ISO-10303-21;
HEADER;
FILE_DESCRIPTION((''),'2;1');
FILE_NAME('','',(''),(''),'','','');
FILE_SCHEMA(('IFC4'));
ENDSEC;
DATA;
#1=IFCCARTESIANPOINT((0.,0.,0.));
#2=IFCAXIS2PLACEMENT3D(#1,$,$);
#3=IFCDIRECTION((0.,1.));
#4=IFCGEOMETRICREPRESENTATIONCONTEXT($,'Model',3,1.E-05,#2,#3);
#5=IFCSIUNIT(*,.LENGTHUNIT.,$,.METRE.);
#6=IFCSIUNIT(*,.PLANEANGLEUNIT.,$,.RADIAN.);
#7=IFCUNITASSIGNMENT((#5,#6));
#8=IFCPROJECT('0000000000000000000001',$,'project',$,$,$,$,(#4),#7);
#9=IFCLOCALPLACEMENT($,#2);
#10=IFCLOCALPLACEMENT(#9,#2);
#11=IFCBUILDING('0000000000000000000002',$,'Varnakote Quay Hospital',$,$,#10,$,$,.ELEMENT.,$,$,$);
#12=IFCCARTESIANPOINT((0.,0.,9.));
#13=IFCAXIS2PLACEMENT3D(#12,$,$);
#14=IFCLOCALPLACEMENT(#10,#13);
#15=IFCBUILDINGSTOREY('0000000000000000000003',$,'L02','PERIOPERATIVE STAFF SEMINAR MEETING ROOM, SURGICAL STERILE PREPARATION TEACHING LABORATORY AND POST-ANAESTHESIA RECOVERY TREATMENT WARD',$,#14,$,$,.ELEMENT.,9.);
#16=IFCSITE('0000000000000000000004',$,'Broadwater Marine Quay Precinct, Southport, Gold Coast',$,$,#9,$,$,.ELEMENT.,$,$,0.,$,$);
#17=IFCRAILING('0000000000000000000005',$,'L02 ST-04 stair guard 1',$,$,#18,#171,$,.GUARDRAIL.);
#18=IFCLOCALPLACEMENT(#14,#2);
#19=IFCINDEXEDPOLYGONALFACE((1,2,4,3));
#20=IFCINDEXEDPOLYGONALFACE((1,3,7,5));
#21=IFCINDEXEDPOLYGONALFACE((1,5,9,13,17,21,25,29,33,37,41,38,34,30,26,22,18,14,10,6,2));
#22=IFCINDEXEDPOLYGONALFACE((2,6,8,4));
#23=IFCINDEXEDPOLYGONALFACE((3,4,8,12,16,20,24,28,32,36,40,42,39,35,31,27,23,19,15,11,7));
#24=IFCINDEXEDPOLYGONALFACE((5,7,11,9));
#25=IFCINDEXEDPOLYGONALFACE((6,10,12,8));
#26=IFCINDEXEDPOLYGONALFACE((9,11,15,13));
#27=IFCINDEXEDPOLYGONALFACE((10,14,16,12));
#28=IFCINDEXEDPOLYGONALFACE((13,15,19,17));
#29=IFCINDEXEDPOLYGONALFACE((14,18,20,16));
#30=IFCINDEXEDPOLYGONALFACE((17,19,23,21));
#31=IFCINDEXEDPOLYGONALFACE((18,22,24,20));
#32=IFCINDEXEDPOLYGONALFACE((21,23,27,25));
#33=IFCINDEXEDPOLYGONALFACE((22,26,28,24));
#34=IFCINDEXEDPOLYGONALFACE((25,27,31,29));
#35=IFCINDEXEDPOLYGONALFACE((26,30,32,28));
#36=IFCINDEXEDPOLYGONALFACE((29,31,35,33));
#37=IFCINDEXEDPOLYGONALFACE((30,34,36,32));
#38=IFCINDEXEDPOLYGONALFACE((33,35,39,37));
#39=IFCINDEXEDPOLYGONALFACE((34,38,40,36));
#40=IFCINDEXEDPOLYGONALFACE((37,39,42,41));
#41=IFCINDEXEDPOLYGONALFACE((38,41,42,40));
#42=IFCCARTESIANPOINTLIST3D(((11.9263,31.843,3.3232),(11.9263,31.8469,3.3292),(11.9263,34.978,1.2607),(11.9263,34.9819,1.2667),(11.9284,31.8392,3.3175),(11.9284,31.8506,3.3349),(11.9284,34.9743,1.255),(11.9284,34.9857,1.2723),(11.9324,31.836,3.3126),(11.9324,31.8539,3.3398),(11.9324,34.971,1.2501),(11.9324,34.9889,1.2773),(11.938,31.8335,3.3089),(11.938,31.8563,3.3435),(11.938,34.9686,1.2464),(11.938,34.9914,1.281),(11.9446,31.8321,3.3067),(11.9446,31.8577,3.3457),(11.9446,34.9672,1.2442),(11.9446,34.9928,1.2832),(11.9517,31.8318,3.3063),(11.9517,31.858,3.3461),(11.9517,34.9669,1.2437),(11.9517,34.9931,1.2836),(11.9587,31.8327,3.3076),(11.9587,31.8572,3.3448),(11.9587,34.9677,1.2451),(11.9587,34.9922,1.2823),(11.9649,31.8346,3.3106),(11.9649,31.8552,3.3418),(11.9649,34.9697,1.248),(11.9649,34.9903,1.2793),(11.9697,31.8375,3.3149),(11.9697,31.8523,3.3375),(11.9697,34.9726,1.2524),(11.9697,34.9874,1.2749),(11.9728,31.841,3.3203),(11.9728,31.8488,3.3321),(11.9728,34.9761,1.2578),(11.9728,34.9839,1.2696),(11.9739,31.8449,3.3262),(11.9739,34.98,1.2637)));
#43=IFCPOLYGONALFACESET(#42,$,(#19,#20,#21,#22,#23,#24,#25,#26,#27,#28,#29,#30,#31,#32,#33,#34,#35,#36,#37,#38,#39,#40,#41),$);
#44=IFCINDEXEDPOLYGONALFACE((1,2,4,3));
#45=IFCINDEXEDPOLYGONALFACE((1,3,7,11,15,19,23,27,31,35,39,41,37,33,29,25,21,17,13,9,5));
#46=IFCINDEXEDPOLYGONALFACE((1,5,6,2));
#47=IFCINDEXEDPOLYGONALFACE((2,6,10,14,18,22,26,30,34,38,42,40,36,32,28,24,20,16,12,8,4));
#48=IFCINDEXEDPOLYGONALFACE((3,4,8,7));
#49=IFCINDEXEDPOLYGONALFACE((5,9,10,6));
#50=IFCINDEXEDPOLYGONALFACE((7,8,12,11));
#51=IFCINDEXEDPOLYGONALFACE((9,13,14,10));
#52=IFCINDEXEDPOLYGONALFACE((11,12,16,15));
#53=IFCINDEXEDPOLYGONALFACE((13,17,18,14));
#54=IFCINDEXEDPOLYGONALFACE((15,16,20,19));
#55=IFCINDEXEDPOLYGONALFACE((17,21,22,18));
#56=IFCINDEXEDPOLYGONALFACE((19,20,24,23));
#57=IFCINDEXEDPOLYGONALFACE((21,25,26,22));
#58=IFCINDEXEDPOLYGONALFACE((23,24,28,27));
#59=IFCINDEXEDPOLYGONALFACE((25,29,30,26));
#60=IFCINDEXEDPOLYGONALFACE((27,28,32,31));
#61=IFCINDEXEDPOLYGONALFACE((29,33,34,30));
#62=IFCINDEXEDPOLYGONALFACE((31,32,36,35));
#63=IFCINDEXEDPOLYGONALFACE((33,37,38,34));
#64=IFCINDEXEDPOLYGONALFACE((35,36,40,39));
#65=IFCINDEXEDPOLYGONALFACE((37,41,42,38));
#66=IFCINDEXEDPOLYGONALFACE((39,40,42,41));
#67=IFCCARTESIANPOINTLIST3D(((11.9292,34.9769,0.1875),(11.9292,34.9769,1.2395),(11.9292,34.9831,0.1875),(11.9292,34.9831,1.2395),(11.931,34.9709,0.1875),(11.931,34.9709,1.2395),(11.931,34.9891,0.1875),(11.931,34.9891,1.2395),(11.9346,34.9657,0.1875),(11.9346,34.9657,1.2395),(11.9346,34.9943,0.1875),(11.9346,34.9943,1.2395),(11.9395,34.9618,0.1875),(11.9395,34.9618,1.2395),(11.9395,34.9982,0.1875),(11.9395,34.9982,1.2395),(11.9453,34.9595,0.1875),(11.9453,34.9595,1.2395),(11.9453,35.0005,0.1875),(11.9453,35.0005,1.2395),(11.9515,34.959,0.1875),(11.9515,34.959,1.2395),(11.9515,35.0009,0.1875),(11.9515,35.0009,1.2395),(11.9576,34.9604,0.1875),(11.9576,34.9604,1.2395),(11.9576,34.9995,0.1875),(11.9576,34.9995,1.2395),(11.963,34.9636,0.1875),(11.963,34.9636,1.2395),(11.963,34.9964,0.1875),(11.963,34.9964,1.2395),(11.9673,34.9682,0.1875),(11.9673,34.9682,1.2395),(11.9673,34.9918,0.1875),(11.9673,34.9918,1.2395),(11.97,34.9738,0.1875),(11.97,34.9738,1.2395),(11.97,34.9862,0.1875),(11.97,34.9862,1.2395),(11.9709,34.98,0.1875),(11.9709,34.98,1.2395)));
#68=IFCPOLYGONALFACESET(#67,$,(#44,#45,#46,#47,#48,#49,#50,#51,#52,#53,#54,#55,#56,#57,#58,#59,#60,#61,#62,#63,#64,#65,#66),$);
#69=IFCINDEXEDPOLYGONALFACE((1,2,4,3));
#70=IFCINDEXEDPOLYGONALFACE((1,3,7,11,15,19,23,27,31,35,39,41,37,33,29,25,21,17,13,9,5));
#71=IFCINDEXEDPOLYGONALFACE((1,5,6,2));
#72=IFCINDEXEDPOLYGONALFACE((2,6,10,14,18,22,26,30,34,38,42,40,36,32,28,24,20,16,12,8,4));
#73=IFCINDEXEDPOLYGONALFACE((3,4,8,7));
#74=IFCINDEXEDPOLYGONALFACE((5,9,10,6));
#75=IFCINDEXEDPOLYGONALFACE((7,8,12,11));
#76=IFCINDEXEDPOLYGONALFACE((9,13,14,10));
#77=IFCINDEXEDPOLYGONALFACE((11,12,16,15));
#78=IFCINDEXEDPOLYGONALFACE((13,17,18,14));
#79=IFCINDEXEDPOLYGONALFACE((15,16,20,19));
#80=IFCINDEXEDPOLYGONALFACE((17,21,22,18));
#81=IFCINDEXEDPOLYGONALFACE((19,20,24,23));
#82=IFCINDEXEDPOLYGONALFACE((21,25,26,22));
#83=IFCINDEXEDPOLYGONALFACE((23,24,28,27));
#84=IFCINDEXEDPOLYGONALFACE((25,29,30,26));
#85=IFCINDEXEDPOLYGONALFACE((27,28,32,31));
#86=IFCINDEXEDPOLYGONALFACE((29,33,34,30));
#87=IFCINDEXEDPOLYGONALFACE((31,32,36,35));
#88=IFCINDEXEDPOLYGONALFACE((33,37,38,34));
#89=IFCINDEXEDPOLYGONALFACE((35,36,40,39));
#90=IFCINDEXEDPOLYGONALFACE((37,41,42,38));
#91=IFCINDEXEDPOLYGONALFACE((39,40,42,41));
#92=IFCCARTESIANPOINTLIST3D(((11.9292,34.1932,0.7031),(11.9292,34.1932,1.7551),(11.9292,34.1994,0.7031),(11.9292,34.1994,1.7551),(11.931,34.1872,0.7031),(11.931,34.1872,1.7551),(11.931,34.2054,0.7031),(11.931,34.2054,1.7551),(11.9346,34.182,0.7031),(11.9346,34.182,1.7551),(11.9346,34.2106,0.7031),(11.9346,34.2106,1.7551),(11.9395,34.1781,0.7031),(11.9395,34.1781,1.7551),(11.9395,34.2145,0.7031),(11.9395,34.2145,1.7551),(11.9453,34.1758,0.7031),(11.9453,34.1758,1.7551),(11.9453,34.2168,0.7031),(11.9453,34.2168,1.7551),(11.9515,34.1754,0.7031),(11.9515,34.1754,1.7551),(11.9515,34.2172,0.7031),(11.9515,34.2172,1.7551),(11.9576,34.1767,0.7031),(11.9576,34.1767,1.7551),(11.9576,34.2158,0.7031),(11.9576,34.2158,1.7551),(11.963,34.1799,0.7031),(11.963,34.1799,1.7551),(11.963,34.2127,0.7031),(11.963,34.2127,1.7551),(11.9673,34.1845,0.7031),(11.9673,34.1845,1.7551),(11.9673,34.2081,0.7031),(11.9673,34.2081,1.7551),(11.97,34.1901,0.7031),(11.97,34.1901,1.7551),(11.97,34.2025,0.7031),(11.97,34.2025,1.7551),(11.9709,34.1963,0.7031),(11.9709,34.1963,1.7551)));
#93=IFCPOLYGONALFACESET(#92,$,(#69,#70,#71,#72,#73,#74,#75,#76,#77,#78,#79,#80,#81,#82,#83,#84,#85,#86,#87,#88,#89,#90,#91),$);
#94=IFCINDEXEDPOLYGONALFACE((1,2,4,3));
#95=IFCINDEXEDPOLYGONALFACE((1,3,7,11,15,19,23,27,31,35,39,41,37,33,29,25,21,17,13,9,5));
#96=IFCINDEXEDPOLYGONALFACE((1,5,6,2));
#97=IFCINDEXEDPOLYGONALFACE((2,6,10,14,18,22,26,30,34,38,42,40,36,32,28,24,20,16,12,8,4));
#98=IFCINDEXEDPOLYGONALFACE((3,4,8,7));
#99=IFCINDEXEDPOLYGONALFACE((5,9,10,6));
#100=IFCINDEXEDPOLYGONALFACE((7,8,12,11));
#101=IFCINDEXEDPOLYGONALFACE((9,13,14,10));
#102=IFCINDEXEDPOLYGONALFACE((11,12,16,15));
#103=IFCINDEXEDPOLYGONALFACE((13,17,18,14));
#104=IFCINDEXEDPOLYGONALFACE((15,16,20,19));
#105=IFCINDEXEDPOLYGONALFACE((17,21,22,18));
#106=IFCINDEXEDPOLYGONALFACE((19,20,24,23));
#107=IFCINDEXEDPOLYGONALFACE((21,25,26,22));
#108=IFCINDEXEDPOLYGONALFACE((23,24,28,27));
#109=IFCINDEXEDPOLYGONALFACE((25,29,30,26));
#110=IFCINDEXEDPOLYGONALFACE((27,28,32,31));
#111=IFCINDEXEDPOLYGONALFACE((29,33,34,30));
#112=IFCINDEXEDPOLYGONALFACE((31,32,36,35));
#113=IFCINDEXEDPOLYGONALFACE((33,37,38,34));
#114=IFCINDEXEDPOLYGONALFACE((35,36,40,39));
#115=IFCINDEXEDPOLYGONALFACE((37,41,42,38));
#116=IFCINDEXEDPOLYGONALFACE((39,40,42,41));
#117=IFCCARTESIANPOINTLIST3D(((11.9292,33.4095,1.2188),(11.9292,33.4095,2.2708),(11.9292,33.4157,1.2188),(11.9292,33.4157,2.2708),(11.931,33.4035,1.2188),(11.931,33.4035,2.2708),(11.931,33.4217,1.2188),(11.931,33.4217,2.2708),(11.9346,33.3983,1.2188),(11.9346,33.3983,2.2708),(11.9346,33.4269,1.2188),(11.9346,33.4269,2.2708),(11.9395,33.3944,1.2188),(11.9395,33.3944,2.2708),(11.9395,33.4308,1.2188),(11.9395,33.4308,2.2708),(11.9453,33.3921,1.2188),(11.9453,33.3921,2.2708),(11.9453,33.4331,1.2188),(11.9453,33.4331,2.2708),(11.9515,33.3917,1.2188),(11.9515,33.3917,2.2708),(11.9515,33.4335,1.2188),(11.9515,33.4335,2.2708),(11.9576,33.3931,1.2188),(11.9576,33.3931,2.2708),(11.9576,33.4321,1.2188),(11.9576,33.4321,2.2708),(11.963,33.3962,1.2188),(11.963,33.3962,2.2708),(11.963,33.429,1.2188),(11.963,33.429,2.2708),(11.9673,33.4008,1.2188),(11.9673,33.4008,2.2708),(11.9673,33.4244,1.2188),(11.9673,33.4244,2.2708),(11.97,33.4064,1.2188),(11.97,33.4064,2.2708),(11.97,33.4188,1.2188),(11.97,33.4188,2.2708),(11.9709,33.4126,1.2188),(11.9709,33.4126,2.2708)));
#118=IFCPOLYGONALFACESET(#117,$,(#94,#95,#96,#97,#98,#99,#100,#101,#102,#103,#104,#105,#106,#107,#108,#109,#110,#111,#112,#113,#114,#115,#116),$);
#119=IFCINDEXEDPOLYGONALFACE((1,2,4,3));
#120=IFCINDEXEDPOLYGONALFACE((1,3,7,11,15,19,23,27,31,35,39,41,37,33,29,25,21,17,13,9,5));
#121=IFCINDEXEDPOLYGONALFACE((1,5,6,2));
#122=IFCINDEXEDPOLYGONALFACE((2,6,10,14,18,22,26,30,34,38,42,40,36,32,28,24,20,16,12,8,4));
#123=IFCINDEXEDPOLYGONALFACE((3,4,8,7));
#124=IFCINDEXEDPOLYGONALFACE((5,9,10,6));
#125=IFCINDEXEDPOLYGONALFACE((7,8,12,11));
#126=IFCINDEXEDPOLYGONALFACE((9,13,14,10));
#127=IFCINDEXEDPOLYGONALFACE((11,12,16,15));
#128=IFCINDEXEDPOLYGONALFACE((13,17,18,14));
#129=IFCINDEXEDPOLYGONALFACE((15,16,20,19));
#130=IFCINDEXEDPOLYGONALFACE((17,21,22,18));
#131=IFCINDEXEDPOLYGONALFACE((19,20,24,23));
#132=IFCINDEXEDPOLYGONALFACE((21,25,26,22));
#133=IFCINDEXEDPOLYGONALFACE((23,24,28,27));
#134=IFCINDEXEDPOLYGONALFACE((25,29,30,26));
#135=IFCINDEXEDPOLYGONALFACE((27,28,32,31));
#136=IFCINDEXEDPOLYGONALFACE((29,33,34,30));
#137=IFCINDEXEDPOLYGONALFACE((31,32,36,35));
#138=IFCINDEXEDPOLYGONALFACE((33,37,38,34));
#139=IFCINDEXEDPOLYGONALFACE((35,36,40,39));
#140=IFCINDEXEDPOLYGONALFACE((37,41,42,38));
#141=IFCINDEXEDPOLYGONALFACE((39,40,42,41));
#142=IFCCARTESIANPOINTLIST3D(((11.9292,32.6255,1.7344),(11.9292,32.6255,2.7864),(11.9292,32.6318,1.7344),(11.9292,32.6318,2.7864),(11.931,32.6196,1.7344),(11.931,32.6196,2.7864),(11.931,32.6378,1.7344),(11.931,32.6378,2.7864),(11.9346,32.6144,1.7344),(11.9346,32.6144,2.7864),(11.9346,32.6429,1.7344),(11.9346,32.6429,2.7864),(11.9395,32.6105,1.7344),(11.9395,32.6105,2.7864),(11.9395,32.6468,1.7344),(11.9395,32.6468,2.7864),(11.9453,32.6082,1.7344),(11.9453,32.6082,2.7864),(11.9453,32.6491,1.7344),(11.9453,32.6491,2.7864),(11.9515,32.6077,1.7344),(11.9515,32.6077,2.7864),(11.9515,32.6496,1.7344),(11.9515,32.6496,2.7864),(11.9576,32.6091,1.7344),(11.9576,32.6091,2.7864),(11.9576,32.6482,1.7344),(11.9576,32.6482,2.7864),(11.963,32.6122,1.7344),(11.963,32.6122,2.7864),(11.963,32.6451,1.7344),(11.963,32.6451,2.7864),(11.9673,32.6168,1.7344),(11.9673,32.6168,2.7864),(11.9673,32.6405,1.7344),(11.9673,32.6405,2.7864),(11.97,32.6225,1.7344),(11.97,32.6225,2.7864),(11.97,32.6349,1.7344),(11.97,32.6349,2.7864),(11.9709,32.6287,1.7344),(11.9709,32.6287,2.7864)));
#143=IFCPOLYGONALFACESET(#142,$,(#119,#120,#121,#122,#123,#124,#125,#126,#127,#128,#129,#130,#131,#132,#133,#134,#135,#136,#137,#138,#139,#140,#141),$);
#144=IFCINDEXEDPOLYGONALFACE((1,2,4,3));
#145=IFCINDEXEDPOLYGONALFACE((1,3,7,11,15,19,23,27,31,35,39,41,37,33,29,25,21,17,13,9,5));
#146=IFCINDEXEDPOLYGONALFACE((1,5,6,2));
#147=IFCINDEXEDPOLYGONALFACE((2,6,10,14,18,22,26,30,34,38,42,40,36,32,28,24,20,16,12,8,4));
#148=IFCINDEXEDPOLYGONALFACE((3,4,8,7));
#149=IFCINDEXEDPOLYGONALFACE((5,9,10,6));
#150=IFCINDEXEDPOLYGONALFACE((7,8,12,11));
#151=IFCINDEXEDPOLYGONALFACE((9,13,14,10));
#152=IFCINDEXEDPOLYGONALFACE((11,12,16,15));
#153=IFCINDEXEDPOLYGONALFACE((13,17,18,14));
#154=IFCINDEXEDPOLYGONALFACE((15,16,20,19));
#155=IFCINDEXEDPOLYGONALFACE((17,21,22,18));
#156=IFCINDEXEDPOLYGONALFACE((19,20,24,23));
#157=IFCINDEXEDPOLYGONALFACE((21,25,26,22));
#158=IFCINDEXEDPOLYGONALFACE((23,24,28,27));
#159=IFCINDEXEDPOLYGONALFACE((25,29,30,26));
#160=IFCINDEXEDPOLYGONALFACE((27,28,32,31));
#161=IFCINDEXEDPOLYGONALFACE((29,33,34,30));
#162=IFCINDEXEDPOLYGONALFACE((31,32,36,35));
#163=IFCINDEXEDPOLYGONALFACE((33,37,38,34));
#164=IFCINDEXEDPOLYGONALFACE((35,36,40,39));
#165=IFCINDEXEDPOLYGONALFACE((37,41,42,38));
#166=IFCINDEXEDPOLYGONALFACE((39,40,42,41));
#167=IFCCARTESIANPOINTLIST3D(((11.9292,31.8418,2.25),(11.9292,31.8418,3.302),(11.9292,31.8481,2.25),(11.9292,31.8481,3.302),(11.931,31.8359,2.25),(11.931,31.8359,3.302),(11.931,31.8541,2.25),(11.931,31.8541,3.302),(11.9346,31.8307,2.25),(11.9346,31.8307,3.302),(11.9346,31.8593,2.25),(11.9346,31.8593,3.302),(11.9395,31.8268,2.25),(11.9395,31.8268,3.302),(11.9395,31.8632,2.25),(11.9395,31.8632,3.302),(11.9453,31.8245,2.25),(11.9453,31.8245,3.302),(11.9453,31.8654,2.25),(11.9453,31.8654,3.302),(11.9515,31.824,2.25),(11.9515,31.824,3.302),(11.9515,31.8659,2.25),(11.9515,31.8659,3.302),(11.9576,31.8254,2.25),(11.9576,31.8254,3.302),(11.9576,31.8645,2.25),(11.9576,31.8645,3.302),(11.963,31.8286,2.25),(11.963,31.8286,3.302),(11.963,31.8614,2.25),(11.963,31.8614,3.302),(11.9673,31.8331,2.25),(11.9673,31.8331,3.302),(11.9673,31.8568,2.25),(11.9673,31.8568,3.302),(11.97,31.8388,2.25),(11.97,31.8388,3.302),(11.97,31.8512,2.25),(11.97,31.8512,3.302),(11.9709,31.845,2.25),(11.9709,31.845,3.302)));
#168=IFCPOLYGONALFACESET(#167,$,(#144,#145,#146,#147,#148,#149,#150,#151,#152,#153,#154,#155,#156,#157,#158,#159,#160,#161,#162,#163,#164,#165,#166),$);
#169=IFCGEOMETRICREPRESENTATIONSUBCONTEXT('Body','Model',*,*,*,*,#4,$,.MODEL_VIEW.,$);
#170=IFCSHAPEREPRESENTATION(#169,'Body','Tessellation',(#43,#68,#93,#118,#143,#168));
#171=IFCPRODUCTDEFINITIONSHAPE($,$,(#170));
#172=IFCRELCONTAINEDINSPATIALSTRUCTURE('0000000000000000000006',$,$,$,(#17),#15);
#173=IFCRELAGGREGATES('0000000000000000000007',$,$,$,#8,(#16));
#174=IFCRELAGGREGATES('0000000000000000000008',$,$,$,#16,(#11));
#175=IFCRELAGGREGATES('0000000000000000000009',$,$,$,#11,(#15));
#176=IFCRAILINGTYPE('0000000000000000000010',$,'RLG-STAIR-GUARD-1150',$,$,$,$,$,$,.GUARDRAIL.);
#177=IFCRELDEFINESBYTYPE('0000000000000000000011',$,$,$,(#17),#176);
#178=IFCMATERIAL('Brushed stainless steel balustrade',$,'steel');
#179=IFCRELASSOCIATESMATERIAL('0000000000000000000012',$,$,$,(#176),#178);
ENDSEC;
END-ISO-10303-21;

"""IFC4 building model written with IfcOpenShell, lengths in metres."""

from ifc_helpers import new_model, si_unit, direction, frame, origin, origin_2d, place, context, subcontext, project, spatial, circle, extrude, material, type_object, element, save


model = new_model("IFC4")

# Units and contexts
model_context = context("Model", 3, precision=1e-05, world=origin(), true_north=direction((0.0, 1.0)))
body_context = subcontext(model_context, "Body", "Model", "MODEL_VIEW")
ifc_project = project(units=[si_unit("LENGTHUNIT", "METRE"), si_unit("PLANEANGLEUNIT", "RADIAN")], contexts=[model_context])

# Site, building, storey
site_placement = place(None, origin())
site = spatial("IfcSite", under=ifc_project, at=site_placement, Name="Broadwater Marine Quay Precinct, Southport, Gold Coast", CompositionType="ELEMENT", RefElevation=0.0)
building_placement = place(site_placement, origin())
building = spatial("IfcBuilding", under=site, at=building_placement, Name="Varnakote Quay Hospital", CompositionType="ELEMENT")
storey_placement = place(building_placement, frame((0.0, 0.0, 9.0)))
storey = spatial("IfcBuildingStorey", under=building, at=storey_placement, Name="L02", Description="PERIOPERATIVE STAFF SEMINAR MEETING ROOM, SURGICAL STERILE PREPARATION TEACHING LABORATORY AND POST-ANAESTHESIA RECOVERY TREATMENT WARD", CompositionType="ELEMENT", Elevation=9.0)

# Railing
ifc_material_1 = material(Name="Brushed stainless steel balustrade", Category="steel")
railing_type_1 = type_object("IfcRailingType", Name="RLG-STAIR-GUARD-1150", PredefinedType="GUARDRAIL", material=ifc_material_1)
railing_1_placement = place(storey_placement, frame((11.95, 34.98, 0.1875)))
element("IfcRailing", 1, at=railing_1_placement, inside=storey, type_object=railing_type_1, Name="L02 ST-04 stair guard 1", PredefinedType="GUARDRAIL", context=body_context, shape_type="SweptSolid", body=[
    extrude(circle(Radius=0.0239, at=origin_2d()), frame((0.0, 0.0, 1.0762), z_axis=(0.0, -0.835418, 0.549615), x_axis=(1.0, 0.0, 0.0)), (0.0, 0.0, 1.0), 3.7527),
    extrude(circle(Radius=0.021, at=origin_2d()), origin(), (0.0, 0.0, 1.0), 1.052),
    extrude(circle(Radius=0.021, at=origin_2d()), frame((0.0, -0.7837, 0.5156)), (0.0, 0.0, 1.0), 1.052),
    extrude(circle(Radius=0.021, at=origin_2d()), frame((0.0, -1.5674, 1.0312)), (0.0, 0.0, 1.0), 1.052),
    extrude(circle(Radius=0.021, at=origin_2d()), frame((0.0, -2.3513, 1.5469)), (0.0, 0.0, 1.0), 1.052),
    extrude(circle(Radius=0.021, at=origin_2d()), frame((0.0, -3.135, 2.0625)), (0.0, 0.0, 1.0), 1.052),
])

save(model, "model.ifc")
